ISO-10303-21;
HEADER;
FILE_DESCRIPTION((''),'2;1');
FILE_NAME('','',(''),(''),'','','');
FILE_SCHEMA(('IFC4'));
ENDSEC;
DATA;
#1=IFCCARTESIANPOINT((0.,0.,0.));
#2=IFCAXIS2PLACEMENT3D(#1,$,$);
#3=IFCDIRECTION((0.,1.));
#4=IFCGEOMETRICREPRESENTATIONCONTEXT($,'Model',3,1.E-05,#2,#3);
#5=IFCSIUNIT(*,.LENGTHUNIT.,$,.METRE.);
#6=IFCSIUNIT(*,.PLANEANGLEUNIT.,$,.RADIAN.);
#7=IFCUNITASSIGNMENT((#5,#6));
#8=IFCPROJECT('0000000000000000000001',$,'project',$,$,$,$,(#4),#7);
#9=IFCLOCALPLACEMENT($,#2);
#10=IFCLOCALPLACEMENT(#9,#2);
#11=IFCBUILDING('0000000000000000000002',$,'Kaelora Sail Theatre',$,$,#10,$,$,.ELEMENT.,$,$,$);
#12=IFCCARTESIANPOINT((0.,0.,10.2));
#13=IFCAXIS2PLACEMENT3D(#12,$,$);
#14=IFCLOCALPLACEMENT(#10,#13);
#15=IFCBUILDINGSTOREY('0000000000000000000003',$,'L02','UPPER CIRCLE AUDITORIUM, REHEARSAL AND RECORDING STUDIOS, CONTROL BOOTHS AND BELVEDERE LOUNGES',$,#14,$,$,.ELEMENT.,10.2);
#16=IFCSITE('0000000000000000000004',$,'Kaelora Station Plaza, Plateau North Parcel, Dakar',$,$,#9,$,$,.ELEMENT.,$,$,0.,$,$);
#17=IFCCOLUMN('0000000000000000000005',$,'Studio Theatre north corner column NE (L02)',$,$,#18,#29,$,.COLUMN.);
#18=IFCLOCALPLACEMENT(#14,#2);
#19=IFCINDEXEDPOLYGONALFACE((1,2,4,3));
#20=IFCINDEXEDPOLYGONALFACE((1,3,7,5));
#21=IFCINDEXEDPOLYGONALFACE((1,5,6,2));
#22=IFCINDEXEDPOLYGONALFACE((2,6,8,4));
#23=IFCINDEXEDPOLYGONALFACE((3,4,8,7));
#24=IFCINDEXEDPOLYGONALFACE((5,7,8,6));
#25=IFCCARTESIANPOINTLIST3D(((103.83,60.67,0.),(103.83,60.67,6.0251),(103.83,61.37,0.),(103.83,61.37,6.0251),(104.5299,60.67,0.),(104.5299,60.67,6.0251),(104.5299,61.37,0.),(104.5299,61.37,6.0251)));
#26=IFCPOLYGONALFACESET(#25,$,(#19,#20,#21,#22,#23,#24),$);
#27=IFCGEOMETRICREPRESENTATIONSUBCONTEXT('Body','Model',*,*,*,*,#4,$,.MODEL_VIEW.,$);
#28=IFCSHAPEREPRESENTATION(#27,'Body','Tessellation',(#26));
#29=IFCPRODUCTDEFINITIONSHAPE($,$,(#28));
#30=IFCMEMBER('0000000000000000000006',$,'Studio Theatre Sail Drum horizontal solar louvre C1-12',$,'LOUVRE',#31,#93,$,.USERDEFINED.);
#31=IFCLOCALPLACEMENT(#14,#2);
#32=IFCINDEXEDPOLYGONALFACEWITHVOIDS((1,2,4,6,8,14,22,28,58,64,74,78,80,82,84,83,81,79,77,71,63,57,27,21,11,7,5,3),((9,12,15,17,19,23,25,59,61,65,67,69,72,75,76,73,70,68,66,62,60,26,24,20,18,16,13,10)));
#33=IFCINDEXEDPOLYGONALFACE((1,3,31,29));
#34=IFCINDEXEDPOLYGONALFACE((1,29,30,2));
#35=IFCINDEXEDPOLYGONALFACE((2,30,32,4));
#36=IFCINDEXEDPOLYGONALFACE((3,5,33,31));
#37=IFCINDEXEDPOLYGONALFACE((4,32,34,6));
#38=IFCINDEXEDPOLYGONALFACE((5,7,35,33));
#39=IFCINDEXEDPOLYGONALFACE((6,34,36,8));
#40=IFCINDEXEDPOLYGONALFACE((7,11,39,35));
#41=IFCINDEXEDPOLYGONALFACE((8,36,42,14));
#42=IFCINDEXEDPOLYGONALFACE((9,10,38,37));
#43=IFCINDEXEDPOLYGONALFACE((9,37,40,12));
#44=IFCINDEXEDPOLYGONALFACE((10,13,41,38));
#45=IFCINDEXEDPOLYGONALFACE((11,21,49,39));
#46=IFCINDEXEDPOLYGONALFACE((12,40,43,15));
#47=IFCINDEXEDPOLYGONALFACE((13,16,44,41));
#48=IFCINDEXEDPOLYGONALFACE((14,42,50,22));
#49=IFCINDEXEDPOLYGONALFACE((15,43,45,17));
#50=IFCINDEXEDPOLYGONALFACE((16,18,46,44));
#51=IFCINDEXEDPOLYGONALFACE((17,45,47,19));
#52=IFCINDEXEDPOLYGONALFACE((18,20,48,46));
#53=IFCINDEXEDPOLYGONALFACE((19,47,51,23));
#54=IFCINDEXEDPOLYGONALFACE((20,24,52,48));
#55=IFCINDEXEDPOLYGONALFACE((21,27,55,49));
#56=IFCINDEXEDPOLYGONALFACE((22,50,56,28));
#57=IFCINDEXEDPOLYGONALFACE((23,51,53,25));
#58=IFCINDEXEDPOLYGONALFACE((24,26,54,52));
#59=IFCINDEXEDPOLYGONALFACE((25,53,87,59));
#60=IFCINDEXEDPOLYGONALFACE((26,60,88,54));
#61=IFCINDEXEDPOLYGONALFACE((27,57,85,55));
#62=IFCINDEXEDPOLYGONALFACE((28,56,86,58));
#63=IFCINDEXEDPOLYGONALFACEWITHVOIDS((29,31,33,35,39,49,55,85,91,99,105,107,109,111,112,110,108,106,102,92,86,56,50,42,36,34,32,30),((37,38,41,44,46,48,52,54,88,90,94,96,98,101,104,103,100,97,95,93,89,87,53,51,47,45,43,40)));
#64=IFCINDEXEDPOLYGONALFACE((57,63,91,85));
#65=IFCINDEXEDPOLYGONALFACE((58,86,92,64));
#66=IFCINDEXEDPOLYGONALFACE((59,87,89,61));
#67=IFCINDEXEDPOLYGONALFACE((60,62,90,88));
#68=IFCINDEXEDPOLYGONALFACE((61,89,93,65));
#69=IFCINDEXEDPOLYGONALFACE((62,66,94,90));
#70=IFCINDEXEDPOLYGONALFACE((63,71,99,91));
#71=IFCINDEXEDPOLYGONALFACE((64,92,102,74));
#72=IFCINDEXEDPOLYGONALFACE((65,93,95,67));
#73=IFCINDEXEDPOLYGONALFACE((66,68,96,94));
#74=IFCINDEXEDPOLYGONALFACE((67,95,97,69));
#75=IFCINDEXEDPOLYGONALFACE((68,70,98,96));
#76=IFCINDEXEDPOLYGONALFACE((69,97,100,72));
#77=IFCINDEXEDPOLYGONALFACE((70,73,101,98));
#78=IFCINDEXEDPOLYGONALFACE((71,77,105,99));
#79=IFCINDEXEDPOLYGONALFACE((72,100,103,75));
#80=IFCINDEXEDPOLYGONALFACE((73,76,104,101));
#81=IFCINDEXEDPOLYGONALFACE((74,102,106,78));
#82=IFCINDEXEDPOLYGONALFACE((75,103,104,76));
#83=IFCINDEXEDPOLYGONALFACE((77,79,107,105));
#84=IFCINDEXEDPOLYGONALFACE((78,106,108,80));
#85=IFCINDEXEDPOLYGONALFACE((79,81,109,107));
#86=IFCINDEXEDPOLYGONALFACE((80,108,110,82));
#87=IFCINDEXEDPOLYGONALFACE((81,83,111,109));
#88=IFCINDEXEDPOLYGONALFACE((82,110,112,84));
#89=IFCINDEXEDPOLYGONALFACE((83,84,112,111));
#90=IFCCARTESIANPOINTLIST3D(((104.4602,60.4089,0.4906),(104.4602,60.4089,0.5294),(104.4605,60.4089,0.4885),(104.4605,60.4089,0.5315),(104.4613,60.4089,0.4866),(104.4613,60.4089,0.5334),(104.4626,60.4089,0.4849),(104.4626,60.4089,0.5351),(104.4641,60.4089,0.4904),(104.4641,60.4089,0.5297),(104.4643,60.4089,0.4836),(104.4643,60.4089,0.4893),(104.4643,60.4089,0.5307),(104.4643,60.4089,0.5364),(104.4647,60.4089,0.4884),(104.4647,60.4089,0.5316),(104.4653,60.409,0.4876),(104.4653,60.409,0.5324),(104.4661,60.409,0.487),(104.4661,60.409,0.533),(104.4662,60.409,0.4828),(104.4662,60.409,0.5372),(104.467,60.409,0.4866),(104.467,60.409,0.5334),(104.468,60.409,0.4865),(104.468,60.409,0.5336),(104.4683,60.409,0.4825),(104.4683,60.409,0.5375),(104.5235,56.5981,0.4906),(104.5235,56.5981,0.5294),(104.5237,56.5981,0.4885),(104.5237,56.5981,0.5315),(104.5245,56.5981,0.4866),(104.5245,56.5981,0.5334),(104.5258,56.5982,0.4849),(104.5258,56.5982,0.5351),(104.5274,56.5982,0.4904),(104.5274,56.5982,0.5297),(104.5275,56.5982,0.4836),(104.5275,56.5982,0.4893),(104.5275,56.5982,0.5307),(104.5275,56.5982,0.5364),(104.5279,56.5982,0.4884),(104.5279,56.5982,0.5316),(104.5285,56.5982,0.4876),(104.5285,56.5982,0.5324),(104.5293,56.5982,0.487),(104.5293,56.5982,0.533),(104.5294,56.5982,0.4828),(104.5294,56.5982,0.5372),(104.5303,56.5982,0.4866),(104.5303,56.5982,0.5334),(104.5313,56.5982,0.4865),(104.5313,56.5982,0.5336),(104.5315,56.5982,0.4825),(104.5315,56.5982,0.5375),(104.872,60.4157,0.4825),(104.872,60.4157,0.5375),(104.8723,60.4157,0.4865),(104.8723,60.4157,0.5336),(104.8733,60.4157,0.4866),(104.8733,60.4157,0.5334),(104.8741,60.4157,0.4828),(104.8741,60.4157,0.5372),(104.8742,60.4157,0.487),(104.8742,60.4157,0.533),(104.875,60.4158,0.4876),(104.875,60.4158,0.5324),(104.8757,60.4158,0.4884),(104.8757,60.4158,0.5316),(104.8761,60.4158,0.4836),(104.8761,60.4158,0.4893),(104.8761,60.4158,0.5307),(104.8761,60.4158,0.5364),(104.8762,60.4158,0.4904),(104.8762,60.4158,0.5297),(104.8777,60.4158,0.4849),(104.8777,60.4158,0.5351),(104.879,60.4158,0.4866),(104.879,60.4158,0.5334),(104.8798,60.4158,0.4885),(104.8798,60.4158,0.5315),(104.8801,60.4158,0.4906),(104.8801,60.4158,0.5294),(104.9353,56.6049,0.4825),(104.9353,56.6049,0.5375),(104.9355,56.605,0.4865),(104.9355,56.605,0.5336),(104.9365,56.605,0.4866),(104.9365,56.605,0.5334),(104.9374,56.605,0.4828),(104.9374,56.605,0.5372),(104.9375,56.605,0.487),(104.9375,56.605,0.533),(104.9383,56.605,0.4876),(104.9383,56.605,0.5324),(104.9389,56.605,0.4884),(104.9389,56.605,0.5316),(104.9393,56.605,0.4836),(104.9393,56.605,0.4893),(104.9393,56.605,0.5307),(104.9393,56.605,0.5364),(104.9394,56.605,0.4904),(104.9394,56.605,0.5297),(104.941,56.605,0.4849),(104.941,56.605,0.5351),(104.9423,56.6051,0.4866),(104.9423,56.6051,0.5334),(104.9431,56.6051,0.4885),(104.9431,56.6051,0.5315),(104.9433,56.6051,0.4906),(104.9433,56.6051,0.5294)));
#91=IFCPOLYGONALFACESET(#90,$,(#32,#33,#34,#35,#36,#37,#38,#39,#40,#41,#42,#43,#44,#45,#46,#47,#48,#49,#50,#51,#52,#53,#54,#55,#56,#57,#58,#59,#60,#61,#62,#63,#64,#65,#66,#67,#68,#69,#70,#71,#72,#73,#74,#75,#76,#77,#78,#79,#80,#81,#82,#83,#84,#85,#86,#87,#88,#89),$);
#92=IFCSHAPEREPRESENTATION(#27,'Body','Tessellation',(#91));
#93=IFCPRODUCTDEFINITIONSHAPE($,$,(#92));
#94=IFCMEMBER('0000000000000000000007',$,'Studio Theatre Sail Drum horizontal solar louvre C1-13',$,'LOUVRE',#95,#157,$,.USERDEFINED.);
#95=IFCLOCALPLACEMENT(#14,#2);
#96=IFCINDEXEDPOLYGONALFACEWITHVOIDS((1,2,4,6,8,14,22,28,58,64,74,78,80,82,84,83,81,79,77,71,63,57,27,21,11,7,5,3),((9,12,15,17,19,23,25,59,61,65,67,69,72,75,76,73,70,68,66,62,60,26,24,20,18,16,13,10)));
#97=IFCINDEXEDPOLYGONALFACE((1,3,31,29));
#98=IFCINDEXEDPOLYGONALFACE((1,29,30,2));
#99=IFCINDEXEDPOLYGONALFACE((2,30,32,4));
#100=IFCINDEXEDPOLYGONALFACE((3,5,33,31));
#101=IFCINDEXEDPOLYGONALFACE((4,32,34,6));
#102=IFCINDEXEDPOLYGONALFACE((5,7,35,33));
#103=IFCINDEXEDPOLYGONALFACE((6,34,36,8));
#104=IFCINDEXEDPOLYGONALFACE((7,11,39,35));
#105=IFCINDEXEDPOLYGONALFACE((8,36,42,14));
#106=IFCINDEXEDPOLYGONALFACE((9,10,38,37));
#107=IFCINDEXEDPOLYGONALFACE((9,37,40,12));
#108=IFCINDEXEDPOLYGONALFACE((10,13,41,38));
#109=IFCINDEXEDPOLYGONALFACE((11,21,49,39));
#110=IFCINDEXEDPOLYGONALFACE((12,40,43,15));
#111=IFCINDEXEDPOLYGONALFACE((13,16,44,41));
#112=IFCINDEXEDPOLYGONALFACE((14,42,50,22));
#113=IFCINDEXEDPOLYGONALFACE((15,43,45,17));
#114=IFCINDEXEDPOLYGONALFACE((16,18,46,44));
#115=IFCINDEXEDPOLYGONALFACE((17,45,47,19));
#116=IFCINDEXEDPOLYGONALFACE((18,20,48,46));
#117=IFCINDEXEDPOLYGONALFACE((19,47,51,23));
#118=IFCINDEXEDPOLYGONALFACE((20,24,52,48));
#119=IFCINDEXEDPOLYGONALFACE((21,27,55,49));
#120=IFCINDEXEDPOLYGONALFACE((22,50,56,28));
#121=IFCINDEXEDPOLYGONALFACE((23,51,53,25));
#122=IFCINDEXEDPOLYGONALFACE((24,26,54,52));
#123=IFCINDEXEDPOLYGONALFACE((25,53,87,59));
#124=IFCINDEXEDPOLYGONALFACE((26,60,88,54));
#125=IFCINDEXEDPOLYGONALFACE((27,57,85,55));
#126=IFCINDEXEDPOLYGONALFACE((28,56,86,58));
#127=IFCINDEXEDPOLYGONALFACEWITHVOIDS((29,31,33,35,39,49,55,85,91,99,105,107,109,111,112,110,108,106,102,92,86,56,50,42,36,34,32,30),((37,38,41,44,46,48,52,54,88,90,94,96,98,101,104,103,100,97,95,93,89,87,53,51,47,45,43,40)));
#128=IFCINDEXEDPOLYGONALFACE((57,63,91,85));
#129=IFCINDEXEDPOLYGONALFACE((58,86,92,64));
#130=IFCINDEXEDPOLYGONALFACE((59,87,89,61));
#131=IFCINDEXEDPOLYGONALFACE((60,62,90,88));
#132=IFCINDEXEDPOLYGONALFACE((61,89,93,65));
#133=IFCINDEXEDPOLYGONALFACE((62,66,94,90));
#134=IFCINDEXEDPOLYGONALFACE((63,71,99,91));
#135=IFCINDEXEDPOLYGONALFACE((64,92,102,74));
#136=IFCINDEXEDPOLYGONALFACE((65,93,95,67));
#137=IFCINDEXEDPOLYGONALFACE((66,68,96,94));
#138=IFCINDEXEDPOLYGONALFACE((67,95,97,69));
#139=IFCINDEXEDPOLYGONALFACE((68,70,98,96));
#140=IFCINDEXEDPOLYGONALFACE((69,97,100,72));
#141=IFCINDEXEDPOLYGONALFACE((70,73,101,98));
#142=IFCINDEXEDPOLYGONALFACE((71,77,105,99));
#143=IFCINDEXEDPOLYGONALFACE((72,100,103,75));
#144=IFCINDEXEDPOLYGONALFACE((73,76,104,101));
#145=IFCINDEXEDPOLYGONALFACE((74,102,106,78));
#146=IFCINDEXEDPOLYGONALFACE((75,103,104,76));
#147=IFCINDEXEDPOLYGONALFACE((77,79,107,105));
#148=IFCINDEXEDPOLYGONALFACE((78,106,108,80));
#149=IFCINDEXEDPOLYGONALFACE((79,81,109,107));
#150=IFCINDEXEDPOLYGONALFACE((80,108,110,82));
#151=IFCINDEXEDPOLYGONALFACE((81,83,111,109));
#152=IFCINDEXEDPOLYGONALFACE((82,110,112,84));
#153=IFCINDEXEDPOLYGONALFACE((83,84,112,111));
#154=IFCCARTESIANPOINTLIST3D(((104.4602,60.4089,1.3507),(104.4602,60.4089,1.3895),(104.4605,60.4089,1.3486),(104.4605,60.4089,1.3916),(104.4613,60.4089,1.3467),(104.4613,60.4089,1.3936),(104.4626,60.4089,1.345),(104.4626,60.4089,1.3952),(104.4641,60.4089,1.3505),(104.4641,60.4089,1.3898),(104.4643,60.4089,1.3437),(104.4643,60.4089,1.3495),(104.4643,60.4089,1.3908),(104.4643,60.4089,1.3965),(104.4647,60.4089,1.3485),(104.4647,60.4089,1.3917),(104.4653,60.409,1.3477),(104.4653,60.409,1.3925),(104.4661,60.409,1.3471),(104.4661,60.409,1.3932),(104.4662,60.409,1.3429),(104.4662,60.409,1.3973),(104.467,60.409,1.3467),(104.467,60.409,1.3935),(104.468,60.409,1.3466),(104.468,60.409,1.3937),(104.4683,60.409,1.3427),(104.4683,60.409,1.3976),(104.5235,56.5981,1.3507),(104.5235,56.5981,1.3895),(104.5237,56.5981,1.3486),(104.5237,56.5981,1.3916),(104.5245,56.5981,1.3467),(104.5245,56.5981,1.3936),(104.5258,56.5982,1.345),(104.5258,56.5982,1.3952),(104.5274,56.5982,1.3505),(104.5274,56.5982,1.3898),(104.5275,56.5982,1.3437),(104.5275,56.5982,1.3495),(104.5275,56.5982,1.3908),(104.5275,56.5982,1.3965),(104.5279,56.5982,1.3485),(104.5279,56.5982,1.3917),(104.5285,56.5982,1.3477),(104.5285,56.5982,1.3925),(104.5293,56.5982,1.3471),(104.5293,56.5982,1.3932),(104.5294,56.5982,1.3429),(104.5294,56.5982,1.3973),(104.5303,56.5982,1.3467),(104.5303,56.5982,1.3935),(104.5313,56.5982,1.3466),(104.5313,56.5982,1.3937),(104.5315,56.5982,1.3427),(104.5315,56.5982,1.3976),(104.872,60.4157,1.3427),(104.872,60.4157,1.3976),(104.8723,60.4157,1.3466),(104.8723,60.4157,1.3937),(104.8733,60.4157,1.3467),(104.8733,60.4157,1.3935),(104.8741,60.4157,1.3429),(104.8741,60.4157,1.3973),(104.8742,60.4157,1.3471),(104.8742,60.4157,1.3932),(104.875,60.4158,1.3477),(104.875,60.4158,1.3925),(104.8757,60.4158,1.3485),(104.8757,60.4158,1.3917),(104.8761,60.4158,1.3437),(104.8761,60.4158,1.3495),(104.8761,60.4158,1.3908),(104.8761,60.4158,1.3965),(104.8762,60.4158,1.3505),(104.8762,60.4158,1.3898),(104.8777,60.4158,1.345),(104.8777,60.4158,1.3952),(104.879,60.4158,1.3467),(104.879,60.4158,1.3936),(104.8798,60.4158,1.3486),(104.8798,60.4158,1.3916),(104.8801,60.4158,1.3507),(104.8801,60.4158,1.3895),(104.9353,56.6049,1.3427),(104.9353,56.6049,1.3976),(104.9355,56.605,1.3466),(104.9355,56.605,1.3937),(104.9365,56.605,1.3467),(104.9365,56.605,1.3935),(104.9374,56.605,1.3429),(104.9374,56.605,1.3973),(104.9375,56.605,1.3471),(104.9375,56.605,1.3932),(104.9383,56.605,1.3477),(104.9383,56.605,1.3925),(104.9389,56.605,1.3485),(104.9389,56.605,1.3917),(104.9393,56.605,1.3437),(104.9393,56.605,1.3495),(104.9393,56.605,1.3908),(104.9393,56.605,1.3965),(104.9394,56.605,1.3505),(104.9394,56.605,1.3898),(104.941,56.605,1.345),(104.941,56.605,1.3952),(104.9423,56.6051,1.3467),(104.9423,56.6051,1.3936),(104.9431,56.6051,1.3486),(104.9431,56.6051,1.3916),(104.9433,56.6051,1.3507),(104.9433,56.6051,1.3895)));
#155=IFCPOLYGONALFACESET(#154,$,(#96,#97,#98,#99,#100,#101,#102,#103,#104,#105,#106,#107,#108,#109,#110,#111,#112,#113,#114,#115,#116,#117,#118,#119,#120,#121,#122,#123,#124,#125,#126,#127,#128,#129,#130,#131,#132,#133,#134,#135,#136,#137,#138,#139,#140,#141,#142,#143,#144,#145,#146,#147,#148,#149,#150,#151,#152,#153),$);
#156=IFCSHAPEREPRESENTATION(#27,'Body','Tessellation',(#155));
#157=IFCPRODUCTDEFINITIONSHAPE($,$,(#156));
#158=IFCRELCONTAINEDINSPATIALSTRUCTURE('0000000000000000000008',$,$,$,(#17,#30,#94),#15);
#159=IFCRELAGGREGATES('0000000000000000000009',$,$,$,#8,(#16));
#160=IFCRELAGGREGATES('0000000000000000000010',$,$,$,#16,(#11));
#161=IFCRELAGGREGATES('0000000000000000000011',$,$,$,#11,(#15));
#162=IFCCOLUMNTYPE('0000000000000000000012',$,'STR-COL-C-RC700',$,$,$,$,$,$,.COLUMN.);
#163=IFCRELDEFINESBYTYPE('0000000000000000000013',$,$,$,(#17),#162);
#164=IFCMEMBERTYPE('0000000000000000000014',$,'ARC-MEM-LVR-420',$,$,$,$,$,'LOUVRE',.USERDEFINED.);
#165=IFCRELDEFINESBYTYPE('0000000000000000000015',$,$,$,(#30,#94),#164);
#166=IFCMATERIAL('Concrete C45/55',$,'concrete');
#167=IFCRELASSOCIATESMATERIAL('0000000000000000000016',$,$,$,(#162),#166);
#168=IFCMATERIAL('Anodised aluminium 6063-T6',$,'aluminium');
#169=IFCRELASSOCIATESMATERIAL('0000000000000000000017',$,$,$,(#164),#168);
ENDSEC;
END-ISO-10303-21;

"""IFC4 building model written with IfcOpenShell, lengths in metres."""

from ifc_helpers import new_model, si_unit, direction, frame, origin, origin_2d, place, context, subcontext, project, spatial, rectangle, hollow_rectangle, extrude, material, material_profile, profile_set, type_object, element, save


model = new_model("IFC4")

# Units and contexts
model_context = context("Model", 3, precision=1e-05, world=origin(), true_north=direction((0.0, 1.0)))
body_context = subcontext(model_context, "Body", "Model", "MODEL_VIEW")
ifc_project = project(units=[si_unit("LENGTHUNIT", "METRE"), si_unit("PLANEANGLEUNIT", "RADIAN")], contexts=[model_context])

# Site, building, storey
site_placement = place(None, origin())
site = spatial("IfcSite", under=ifc_project, at=site_placement, Name="Kaelora Station Plaza, Plateau North Parcel, Dakar", CompositionType="ELEMENT", RefElevation=0.0)
building_placement = place(site_placement, origin())
building = spatial("IfcBuilding", under=site, at=building_placement, Name="Kaelora Sail Theatre", CompositionType="ELEMENT")
storey_placement = place(building_placement, frame((0.0, 0.0, 10.2)))
storey = spatial("IfcBuildingStorey", under=building, at=storey_placement, Name="L02", Description="UPPER CIRCLE AUDITORIUM, REHEARSAL AND RECORDING STUDIOS, CONTROL BOOTHS AND BELVEDERE LOUNGES", CompositionType="ELEMENT", Elevation=10.2)

# Column
ifc_material_1 = material(Name="Concrete C45/55", Category="concrete")
ifc_material_profile_1 = material_profile(ifc_material_1, rectangle(XDim=0.7, YDim=0.7, at=origin_2d()), Name="RC-COL 700x700")
ifc_profile_set_1 = profile_set([ifc_material_profile_1], Name="Concrete C45/55")
column_type = type_object("IfcColumnType", Name="STR-COL-C-RC700", PredefinedType="COLUMN", material=ifc_profile_set_1)
column_placement = place(storey_placement, frame((104.1799, 61.02, 0.0), z_axis=(0.0, 0.0, 1.0), x_axis=(1.0, 0.0, 0.0)))
element("IfcColumn", 1, at=column_placement, inside=storey, type_object=column_type, Name="Studio Theatre north corner column NE (L02)", PredefinedType="COLUMN", context=body_context, shape_type="SweptSolid", body=[
    extrude(rectangle(XDim=0.7, YDim=0.7, at=origin_2d()), origin(), (0.0, 0.0, 1.0), 6.0251),
])

# Members
ifc_material_2 = material(Name="Anodised aluminium 6063-T6", Category="aluminium")
ifc_material_profile_2 = material_profile(ifc_material_2, hollow_rectangle(XDim=0.4199, YDim=0.0549, WallThickness=0.0039, InnerFilletRadius=0.0039, OuterFilletRadius=0.0081, at=origin_2d()), Name="LOUVRE 420x55x4")
ifc_profile_set_2 = profile_set([ifc_material_profile_2], Name="Anodised aluminium 6063-T6")
member_type_1 = type_object("IfcMemberType", Name="ARC-MEM-LVR-420", ElementType="LOUVRE", PredefinedType="USERDEFINED", material=ifc_profile_set_2)
for number, where, z_axis, x_axis, name in (
    (2, (104.6702, 60.4124, 0.51), (0.016591, -0.999862, 0.0), (0.999862, 0.016591, 0.0), "Studio Theatre Sail Drum horizontal solar louvre C1-12"),
    (3, (104.6702, 60.4124, 1.3701), (0.016591, -0.999862, 0.0), (0.999862, 0.016591, 0.0), "Studio Theatre Sail Drum horizontal solar louvre C1-13"),
):
    element("IfcMember", number, at=place(storey_placement, frame(where, z_axis=z_axis, x_axis=x_axis)), inside=storey, type_object=member_type_1, Name=name, ObjectType="LOUVRE", PredefinedType="USERDEFINED", context=body_context, shape_type="SweptSolid", body=[
        extrude(hollow_rectangle(XDim=0.4199, YDim=0.0549, WallThickness=0.0039, InnerFilletRadius=0.0039, OuterFilletRadius=0.0081, at=origin_2d()), origin(), (0.0, 0.0, 1.0), 3.8113),
    ])

save(model, "model.ifc")
